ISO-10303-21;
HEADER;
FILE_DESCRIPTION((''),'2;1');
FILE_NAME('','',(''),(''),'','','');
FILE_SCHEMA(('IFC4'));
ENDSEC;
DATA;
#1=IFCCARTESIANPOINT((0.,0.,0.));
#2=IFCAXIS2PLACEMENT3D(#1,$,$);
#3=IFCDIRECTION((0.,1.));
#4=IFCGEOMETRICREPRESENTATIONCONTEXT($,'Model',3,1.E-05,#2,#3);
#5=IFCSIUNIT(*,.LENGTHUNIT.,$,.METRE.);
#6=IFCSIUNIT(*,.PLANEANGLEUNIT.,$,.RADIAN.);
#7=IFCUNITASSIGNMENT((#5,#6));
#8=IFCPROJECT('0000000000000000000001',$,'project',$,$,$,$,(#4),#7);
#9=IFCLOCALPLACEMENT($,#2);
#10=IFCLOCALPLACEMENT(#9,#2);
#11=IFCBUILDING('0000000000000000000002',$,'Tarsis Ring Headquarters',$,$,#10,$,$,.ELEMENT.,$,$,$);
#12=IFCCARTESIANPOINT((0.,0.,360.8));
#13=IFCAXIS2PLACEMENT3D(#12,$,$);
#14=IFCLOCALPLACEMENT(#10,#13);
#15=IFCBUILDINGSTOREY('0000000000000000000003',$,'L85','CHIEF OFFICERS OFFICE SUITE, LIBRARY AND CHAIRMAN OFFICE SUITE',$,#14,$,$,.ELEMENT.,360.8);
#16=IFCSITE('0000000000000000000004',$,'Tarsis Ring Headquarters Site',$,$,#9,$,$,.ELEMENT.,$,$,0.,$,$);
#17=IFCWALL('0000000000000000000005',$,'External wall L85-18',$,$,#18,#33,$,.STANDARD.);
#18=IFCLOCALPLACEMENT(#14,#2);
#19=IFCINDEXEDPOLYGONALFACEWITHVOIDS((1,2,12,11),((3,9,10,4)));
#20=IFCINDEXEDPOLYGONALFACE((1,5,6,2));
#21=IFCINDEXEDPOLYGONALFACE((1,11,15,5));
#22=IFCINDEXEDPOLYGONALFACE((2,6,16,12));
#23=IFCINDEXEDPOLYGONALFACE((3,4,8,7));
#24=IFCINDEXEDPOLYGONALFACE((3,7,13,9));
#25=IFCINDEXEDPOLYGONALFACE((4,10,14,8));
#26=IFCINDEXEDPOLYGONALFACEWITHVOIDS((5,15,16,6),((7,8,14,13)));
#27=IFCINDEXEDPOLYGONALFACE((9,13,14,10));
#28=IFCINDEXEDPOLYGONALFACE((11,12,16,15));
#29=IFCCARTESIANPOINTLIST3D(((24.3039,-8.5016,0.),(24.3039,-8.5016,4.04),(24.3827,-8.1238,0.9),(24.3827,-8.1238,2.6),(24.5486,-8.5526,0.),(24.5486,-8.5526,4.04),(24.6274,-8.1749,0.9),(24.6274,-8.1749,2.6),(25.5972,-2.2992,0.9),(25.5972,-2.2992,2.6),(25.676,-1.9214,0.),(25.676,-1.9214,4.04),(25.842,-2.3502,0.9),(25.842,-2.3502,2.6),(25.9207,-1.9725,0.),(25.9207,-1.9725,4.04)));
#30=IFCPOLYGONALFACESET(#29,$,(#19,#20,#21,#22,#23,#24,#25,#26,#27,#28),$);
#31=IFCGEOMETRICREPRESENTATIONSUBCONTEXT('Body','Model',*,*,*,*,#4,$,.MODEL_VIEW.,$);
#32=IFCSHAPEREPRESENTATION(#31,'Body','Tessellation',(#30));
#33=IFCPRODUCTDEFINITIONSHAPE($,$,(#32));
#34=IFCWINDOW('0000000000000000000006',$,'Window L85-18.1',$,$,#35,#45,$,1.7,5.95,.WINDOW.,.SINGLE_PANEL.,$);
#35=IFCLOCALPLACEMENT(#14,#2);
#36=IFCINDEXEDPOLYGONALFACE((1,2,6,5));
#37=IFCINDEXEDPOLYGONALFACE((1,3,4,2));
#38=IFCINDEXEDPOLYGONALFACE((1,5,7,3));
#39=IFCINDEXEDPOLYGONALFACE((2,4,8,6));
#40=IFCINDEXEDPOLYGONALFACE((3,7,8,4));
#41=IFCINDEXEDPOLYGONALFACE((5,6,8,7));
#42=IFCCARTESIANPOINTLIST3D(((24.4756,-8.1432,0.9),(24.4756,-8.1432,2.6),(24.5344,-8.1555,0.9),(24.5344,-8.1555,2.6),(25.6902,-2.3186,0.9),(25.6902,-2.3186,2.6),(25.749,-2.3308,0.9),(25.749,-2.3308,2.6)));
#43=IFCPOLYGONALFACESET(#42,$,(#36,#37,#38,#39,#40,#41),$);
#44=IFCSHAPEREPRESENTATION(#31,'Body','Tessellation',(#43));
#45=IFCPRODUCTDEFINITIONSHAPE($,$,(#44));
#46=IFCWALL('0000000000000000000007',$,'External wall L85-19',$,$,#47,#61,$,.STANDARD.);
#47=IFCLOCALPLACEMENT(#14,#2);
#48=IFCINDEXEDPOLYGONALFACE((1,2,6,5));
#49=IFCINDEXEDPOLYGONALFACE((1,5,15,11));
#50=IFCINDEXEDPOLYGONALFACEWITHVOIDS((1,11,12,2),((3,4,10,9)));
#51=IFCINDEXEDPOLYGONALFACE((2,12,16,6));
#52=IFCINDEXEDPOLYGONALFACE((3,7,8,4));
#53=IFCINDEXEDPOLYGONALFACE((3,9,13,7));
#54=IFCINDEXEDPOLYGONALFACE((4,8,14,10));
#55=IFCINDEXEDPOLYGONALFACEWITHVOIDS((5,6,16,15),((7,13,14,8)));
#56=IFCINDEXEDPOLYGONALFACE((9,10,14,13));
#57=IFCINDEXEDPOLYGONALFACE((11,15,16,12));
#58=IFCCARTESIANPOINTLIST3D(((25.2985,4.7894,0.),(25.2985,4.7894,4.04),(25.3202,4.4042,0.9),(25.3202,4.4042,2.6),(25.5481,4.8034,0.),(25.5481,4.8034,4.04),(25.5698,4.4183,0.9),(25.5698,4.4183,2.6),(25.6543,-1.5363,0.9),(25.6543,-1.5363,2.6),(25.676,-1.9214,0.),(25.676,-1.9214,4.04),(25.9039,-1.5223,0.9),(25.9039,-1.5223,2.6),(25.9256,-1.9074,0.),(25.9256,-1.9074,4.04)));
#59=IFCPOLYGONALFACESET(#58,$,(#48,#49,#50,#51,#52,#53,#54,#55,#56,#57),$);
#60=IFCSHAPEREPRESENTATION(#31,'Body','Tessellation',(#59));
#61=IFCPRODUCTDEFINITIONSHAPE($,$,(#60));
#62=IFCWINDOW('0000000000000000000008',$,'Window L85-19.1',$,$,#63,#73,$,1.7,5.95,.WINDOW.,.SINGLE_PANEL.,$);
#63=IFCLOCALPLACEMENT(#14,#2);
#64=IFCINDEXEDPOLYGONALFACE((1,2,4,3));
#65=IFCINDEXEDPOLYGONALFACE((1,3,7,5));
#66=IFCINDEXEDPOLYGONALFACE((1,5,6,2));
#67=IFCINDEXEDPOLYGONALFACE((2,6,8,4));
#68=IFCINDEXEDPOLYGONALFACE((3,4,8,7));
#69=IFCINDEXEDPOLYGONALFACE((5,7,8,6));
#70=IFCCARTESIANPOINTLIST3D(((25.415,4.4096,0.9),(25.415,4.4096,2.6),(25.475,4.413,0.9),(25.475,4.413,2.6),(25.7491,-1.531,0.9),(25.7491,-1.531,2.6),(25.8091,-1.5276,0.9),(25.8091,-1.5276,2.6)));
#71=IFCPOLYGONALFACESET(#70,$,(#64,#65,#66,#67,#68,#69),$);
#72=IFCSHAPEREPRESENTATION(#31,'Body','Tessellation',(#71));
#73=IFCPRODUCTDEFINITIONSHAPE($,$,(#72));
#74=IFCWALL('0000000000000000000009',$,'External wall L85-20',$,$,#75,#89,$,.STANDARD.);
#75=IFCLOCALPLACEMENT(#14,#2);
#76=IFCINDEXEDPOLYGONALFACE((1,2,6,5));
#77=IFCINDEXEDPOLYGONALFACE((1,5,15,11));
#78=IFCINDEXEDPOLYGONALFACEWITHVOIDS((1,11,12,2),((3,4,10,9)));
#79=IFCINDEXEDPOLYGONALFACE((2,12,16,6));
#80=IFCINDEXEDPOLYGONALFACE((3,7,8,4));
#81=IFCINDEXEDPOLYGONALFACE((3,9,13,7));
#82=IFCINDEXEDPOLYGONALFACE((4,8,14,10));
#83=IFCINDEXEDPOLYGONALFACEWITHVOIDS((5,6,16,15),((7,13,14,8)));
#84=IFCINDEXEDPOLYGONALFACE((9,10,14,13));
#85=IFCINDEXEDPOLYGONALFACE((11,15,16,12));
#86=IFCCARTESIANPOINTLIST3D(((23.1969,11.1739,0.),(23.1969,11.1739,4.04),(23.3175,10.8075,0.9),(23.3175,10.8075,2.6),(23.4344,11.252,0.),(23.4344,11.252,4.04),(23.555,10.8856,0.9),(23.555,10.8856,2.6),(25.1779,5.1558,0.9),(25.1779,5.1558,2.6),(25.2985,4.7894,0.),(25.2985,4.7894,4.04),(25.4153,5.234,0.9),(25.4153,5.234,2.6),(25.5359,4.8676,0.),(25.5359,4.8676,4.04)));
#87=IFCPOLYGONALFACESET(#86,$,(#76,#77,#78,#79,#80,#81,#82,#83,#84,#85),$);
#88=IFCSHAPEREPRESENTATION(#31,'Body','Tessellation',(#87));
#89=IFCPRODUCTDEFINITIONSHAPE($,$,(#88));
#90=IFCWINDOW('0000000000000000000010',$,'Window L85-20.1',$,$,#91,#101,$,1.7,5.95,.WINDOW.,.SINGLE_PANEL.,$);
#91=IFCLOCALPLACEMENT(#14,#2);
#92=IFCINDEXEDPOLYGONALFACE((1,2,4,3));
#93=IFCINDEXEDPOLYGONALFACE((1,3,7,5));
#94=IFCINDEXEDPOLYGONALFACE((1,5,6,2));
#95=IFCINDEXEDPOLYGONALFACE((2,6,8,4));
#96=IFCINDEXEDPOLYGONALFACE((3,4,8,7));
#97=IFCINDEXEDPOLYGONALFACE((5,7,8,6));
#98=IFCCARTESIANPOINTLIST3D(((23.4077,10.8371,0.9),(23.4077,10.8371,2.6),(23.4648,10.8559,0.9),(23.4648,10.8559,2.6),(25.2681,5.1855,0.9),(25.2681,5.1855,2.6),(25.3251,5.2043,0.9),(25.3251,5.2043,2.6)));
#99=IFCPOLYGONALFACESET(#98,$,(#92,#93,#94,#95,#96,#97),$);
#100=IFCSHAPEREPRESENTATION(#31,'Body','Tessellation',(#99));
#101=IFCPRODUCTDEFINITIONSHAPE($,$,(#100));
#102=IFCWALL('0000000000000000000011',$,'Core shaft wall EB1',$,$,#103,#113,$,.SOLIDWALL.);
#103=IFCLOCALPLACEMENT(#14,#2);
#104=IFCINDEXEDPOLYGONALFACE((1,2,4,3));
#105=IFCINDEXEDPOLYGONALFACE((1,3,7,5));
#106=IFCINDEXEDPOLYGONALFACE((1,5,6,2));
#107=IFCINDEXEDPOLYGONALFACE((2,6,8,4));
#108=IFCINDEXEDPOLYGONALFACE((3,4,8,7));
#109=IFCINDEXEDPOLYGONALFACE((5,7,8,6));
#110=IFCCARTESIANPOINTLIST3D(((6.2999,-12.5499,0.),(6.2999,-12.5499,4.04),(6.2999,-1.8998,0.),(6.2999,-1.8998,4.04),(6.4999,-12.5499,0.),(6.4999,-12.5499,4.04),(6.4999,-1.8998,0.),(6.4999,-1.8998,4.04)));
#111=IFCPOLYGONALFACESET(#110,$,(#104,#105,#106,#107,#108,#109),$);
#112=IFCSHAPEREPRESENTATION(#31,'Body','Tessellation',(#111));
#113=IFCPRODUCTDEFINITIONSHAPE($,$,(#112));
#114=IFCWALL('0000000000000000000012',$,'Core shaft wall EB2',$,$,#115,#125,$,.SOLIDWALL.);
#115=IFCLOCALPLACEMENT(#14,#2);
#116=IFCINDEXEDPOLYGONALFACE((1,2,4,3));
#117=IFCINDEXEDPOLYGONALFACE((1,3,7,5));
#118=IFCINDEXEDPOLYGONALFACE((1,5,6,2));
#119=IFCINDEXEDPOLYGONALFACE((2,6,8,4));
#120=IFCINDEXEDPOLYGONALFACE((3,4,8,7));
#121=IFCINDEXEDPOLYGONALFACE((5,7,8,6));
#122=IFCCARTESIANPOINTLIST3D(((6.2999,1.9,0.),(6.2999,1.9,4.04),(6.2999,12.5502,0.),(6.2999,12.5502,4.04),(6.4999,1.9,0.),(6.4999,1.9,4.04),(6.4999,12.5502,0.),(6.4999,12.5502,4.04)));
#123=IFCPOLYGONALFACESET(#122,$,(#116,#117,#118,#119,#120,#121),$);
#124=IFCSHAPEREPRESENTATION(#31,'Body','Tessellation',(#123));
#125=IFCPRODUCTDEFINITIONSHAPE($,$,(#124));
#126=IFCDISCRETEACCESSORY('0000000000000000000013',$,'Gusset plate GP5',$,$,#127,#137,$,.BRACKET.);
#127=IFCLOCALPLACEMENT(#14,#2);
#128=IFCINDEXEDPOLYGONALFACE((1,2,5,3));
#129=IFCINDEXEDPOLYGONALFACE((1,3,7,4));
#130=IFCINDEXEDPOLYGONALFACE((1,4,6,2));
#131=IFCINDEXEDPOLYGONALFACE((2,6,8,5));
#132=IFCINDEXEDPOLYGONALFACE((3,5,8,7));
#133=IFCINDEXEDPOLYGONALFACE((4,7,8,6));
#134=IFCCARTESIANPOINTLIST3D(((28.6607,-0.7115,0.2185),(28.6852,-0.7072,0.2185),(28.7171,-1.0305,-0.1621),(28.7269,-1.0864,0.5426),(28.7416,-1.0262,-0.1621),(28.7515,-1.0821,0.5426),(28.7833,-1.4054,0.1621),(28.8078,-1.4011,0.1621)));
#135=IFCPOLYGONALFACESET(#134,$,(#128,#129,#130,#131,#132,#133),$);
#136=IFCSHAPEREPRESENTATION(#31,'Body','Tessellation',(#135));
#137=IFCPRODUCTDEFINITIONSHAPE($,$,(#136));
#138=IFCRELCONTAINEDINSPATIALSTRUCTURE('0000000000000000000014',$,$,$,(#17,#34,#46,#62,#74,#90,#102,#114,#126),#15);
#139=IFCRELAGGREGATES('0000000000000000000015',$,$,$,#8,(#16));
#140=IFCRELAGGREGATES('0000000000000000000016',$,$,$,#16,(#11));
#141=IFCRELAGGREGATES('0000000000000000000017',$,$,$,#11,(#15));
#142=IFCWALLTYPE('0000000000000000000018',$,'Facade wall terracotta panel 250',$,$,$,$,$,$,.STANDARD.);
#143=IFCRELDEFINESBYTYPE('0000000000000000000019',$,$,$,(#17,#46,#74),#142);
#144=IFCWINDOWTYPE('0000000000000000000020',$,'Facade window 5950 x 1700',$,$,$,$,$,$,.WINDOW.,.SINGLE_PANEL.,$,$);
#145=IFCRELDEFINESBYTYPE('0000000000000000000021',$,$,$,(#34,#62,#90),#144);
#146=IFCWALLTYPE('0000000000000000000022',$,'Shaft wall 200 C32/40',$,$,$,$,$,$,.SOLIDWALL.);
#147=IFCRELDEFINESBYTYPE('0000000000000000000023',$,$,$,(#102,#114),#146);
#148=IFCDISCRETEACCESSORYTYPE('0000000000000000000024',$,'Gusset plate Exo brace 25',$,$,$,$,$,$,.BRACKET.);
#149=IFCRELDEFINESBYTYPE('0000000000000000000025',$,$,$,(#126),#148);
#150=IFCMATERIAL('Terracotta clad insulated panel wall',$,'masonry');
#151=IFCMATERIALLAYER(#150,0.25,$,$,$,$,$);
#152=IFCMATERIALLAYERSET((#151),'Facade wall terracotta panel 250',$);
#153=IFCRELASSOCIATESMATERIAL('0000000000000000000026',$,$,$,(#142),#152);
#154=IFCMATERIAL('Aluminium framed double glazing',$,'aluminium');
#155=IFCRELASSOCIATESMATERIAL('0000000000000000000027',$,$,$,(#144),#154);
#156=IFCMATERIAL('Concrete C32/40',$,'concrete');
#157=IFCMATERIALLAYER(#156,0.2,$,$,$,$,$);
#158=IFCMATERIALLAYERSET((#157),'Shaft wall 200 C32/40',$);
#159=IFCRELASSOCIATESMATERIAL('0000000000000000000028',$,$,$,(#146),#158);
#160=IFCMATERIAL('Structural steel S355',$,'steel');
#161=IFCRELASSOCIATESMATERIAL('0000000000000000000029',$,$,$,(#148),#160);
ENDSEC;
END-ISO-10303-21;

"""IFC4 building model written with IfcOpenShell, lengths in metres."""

from ifc_helpers import new_model, si_unit, direction, frame, frame_2d, origin, origin_2d, place, context, subcontext, project, spatial, rectangle, extrude, material, layer, layer_set, material_profile, profile_set, type_object, element, fill, save


model = new_model("IFC4")

# Units and contexts
model_context = context("Model", 3, precision=1e-05, world=origin(), true_north=direction((0.0, 1.0)))
body_context = subcontext(model_context, "Body", "Model", "MODEL_VIEW")
ifc_project = project(units=[si_unit("LENGTHUNIT", "METRE"), si_unit("PLANEANGLEUNIT", "RADIAN")], contexts=[model_context])

# Site, building, storey
site_placement = place(None, origin())
site = spatial("IfcSite", under=ifc_project, at=site_placement, Name="Tarsis Ring Headquarters Site", CompositionType="ELEMENT", RefElevation=0.0)
building_placement = place(site_placement, origin())
building = spatial("IfcBuilding", under=site, at=building_placement, Name="Tarsis Ring Headquarters", CompositionType="ELEMENT")
storey_placement = place(building_placement, frame((0.0, 0.0, 360.8)))
storey = spatial("IfcBuildingStorey", under=building, at=storey_placement, Name="L85", Description="CHIEF OFFICERS OFFICE SUITE, LIBRARY AND CHAIRMAN OFFICE SUITE", CompositionType="ELEMENT", Elevation=360.8)

# Shared definitions
ifc_material_1 = material(Name="Structural steel S355", Category="steel")

# Walls, openings, windows
ifc_material_2 = material(Name="Terracotta clad insulated panel wall", Category="masonry")
ifc_layer_1 = layer(ifc_material_2, 0.25)
ifc_layer_set_1 = layer_set([ifc_layer_1], Name="Facade wall terracotta panel 250")
wall_type_1 = type_object("IfcWallType", Name="Facade wall terracotta panel 250", PredefinedType="STANDARD", material=ifc_layer_set_1)
wall_1_placement = place(storey_placement, frame((24.4263, -8.5271, 0.0), z_axis=(0.0, 0.0, 1.0), x_axis=(0.204128, 0.978944, 0.0)))
wall_1 = element("IfcWall", 1, at=wall_1_placement, inside=storey, type_object=wall_type_1, Name="External wall L85-18", PredefinedType="STANDARD", context=body_context, shape_type="SweptSolid", body=[
    extrude(rectangle(XDim=6.7217, YDim=0.25, at=frame_2d((3.3608, 0.0))), origin(), (0.0, 0.0, 1.0), 4.04),
])
opening_1_placement = place(wall_1_placement, frame((0.3857, 0.0, 0.8999)))
opening_1 = element("IfcOpeningElement", 2, at=opening_1_placement, cuts=wall_1, PredefinedType="OPENING", context=body_context, shape_type="SweptSolid", body=[
    extrude(rectangle(XDim=5.95, YDim=1.7, at=frame_2d((2.9751, 0.8501))), frame((0.0, 0.135, 0.0), z_axis=(0.0, -1.0, 0.0), x_axis=(1.0, 0.0, 0.0)), (0.0, 0.0, 1.0), 0.27),
])
ifc_material_3 = material(Name="Aluminium framed double glazing", Category="aluminium")
window_type = type_object("IfcWindowType", Name="Facade window 5950 x 1700", PartitioningType="SINGLE_PANEL", PredefinedType="WINDOW", material=ifc_material_3)
window_1_placement = place(opening_1_placement, origin())
window_1 = element("IfcWindow", 3, at=window_1_placement, inside=storey, type_object=window_type, Name="Window L85-18.1", OverallHeight=1.7, OverallWidth=5.95, PartitioningType="SINGLE_PANEL", PredefinedType="WINDOW", context=body_context, shape_type="SweptSolid", body=[
    extrude(rectangle(XDim=5.95, YDim=1.7, at=frame_2d((2.9751, 0.8501))), frame((0.0, 0.03, 0.0), z_axis=(0.0, -1.0, 0.0), x_axis=(1.0, 0.0, 0.0)), (0.0, 0.0, 1.0), 0.0601),
])
fill(opening_1, window_1)
wall_2_placement = place(storey_placement, frame((25.8008, -1.9146, 0.0), z_axis=(0.0, 0.0, 1.0), x_axis=(-0.056154, 0.998422, 0.0)))
wall_2 = element("IfcWall", 4, at=wall_2_placement, inside=storey, type_object=wall_type_1, Name="External wall L85-19", PredefinedType="STANDARD", context=body_context, shape_type="SweptSolid", body=[
    extrude(rectangle(XDim=6.7214, YDim=0.25, at=frame_2d((3.3608, 0.0))), origin(), (0.0, 0.0, 1.0), 4.04),
])
opening_2_placement = place(wall_2_placement, frame((0.3857, 0.0, 0.8999)))
opening_2 = element("IfcOpeningElement", 5, at=opening_2_placement, cuts=wall_2, PredefinedType="OPENING", context=body_context, shape_type="SweptSolid", body=[
    extrude(rectangle(XDim=5.95, YDim=1.7, at=frame_2d((2.9751, 0.8501))), frame((0.0, 0.135, 0.0), z_axis=(0.0, -1.0, 0.0), x_axis=(1.0, 0.0, 0.0)), (0.0, 0.0, 1.0), 0.27),
])
window_2_placement = place(opening_2_placement, origin())
window_2 = element("IfcWindow", 6, at=window_2_placement, inside=storey, type_object=window_type, Name="Window L85-19.1", OverallHeight=1.7, OverallWidth=5.95, PartitioningType="SINGLE_PANEL", PredefinedType="WINDOW", context=body_context, shape_type="SweptSolid", body=[
    extrude(rectangle(XDim=5.95, YDim=1.7, at=frame_2d((2.9751, 0.8501))), frame((0.0, 0.03, 0.0), z_axis=(0.0, -1.0, 0.0), x_axis=(1.0, 0.0, 0.0)), (0.0, 0.0, 1.0), 0.0601),
])
fill(opening_2, window_2)
wall_3_placement = place(storey_placement, frame((25.4172, 4.8284, 0.0), z_axis=(0.0, 0.0, 1.0), x_axis=(-0.312662, 0.949864, 0.0)))
wall_3 = element("IfcWall", 7, at=wall_3_placement, inside=storey, type_object=wall_type_1, Name="External wall L85-20", PredefinedType="STANDARD", context=body_context, shape_type="SweptSolid", body=[
    extrude(rectangle(XDim=6.7214, YDim=0.25, at=frame_2d((3.3608, 0.0))), origin(), (0.0, 0.0, 1.0), 4.04),
])
opening_3_placement = place(wall_3_placement, frame((0.3857, 0.0, 0.8999)))
opening_3 = element("IfcOpeningElement", 8, at=opening_3_placement, cuts=wall_3, PredefinedType="OPENING", context=body_context, shape_type="SweptSolid", body=[
    extrude(rectangle(XDim=5.95, YDim=1.7, at=frame_2d((2.9751, 0.8501))), frame((0.0, 0.135, 0.0), z_axis=(0.0, -1.0, 0.0), x_axis=(1.0, 0.0, 0.0)), (0.0, 0.0, 1.0), 0.27),
])
window_3_placement = place(opening_3_placement, origin())
window_3 = element("IfcWindow", 9, at=window_3_placement, inside=storey, type_object=window_type, Name="Window L85-20.1", OverallHeight=1.7, OverallWidth=5.95, PartitioningType="SINGLE_PANEL", PredefinedType="WINDOW", context=body_context, shape_type="SweptSolid", body=[
    extrude(rectangle(XDim=5.95, YDim=1.7, at=frame_2d((2.9751, 0.8501))), frame((0.0, 0.03, 0.0), z_axis=(0.0, -1.0, 0.0), x_axis=(1.0, 0.0, 0.0)), (0.0, 0.0, 1.0), 0.0601),
])
fill(opening_3, window_3)

# Walls
ifc_material_4 = material(Name="Concrete C32/40", Category="concrete")
ifc_layer_2 = layer(ifc_material_4, 0.2)
ifc_layer_set_2 = layer_set([ifc_layer_2], Name="Shaft wall 200 C32/40")
wall_type_2 = type_object("IfcWallType", Name="Shaft wall 200 C32/40", PredefinedType="SOLIDWALL", material=ifc_layer_set_2)
for number, where, z_axis, x_axis, name in (
    (10, (6.3999, -12.55, 0.0), (0.0, 0.0, 1.0), (0.0, 1.0, 0.0), "Core shaft wall EB1"),
    (11, (6.3999, 1.8999, 0.0), (0.0, 0.0, 1.0), (0.0, 1.0, 0.0), "Core shaft wall EB2"),
):
    element("IfcWall", number, at=place(storey_placement, frame(where, z_axis=z_axis, x_axis=x_axis)), inside=storey, type_object=wall_type_2, Name=name, PredefinedType="SOLIDWALL", context=body_context, shape_type="SweptSolid", body=[
        extrude(rectangle(XDim=10.6501, YDim=0.2, at=frame_2d((5.3252, 0.0))), origin(), (0.0, 0.0, 1.0), 4.04),
    ])

# Discrete accessory
ifc_material_profile_1 = material_profile(ifc_material_1, rectangle(XDim=0.0249, YDim=0.5, at=origin_2d()), Name="PL 25x500")
ifc_profile_set_1 = profile_set([ifc_material_profile_1], Name="Structural steel S355")
discrete_accessory_type = type_object("IfcDiscreteAccessoryType", Name="Gusset plate Exo brace 25", PredefinedType="BRACKET", material=ifc_profile_set_1)
discrete_accessory_placement = place(storey_placement, frame((28.7625, -1.2158, 0.0), z_axis=(-0.112823, 0.638352, 0.761431), x_axis=(-0.984738, -0.174043, 0.0)))
element("IfcDiscreteAccessory", 12, at=discrete_accessory_placement, inside=storey, type_object=discrete_accessory_type, Name="Gusset plate GP5", PredefinedType="BRACKET", context=body_context, shape_type="SweptSolid", body=[
    extrude(rectangle(XDim=0.0249, YDim=0.5, at=origin_2d()), origin(), (0.0, 0.0, 1.0), 0.4998),
])

save(model, "model.ifc")
